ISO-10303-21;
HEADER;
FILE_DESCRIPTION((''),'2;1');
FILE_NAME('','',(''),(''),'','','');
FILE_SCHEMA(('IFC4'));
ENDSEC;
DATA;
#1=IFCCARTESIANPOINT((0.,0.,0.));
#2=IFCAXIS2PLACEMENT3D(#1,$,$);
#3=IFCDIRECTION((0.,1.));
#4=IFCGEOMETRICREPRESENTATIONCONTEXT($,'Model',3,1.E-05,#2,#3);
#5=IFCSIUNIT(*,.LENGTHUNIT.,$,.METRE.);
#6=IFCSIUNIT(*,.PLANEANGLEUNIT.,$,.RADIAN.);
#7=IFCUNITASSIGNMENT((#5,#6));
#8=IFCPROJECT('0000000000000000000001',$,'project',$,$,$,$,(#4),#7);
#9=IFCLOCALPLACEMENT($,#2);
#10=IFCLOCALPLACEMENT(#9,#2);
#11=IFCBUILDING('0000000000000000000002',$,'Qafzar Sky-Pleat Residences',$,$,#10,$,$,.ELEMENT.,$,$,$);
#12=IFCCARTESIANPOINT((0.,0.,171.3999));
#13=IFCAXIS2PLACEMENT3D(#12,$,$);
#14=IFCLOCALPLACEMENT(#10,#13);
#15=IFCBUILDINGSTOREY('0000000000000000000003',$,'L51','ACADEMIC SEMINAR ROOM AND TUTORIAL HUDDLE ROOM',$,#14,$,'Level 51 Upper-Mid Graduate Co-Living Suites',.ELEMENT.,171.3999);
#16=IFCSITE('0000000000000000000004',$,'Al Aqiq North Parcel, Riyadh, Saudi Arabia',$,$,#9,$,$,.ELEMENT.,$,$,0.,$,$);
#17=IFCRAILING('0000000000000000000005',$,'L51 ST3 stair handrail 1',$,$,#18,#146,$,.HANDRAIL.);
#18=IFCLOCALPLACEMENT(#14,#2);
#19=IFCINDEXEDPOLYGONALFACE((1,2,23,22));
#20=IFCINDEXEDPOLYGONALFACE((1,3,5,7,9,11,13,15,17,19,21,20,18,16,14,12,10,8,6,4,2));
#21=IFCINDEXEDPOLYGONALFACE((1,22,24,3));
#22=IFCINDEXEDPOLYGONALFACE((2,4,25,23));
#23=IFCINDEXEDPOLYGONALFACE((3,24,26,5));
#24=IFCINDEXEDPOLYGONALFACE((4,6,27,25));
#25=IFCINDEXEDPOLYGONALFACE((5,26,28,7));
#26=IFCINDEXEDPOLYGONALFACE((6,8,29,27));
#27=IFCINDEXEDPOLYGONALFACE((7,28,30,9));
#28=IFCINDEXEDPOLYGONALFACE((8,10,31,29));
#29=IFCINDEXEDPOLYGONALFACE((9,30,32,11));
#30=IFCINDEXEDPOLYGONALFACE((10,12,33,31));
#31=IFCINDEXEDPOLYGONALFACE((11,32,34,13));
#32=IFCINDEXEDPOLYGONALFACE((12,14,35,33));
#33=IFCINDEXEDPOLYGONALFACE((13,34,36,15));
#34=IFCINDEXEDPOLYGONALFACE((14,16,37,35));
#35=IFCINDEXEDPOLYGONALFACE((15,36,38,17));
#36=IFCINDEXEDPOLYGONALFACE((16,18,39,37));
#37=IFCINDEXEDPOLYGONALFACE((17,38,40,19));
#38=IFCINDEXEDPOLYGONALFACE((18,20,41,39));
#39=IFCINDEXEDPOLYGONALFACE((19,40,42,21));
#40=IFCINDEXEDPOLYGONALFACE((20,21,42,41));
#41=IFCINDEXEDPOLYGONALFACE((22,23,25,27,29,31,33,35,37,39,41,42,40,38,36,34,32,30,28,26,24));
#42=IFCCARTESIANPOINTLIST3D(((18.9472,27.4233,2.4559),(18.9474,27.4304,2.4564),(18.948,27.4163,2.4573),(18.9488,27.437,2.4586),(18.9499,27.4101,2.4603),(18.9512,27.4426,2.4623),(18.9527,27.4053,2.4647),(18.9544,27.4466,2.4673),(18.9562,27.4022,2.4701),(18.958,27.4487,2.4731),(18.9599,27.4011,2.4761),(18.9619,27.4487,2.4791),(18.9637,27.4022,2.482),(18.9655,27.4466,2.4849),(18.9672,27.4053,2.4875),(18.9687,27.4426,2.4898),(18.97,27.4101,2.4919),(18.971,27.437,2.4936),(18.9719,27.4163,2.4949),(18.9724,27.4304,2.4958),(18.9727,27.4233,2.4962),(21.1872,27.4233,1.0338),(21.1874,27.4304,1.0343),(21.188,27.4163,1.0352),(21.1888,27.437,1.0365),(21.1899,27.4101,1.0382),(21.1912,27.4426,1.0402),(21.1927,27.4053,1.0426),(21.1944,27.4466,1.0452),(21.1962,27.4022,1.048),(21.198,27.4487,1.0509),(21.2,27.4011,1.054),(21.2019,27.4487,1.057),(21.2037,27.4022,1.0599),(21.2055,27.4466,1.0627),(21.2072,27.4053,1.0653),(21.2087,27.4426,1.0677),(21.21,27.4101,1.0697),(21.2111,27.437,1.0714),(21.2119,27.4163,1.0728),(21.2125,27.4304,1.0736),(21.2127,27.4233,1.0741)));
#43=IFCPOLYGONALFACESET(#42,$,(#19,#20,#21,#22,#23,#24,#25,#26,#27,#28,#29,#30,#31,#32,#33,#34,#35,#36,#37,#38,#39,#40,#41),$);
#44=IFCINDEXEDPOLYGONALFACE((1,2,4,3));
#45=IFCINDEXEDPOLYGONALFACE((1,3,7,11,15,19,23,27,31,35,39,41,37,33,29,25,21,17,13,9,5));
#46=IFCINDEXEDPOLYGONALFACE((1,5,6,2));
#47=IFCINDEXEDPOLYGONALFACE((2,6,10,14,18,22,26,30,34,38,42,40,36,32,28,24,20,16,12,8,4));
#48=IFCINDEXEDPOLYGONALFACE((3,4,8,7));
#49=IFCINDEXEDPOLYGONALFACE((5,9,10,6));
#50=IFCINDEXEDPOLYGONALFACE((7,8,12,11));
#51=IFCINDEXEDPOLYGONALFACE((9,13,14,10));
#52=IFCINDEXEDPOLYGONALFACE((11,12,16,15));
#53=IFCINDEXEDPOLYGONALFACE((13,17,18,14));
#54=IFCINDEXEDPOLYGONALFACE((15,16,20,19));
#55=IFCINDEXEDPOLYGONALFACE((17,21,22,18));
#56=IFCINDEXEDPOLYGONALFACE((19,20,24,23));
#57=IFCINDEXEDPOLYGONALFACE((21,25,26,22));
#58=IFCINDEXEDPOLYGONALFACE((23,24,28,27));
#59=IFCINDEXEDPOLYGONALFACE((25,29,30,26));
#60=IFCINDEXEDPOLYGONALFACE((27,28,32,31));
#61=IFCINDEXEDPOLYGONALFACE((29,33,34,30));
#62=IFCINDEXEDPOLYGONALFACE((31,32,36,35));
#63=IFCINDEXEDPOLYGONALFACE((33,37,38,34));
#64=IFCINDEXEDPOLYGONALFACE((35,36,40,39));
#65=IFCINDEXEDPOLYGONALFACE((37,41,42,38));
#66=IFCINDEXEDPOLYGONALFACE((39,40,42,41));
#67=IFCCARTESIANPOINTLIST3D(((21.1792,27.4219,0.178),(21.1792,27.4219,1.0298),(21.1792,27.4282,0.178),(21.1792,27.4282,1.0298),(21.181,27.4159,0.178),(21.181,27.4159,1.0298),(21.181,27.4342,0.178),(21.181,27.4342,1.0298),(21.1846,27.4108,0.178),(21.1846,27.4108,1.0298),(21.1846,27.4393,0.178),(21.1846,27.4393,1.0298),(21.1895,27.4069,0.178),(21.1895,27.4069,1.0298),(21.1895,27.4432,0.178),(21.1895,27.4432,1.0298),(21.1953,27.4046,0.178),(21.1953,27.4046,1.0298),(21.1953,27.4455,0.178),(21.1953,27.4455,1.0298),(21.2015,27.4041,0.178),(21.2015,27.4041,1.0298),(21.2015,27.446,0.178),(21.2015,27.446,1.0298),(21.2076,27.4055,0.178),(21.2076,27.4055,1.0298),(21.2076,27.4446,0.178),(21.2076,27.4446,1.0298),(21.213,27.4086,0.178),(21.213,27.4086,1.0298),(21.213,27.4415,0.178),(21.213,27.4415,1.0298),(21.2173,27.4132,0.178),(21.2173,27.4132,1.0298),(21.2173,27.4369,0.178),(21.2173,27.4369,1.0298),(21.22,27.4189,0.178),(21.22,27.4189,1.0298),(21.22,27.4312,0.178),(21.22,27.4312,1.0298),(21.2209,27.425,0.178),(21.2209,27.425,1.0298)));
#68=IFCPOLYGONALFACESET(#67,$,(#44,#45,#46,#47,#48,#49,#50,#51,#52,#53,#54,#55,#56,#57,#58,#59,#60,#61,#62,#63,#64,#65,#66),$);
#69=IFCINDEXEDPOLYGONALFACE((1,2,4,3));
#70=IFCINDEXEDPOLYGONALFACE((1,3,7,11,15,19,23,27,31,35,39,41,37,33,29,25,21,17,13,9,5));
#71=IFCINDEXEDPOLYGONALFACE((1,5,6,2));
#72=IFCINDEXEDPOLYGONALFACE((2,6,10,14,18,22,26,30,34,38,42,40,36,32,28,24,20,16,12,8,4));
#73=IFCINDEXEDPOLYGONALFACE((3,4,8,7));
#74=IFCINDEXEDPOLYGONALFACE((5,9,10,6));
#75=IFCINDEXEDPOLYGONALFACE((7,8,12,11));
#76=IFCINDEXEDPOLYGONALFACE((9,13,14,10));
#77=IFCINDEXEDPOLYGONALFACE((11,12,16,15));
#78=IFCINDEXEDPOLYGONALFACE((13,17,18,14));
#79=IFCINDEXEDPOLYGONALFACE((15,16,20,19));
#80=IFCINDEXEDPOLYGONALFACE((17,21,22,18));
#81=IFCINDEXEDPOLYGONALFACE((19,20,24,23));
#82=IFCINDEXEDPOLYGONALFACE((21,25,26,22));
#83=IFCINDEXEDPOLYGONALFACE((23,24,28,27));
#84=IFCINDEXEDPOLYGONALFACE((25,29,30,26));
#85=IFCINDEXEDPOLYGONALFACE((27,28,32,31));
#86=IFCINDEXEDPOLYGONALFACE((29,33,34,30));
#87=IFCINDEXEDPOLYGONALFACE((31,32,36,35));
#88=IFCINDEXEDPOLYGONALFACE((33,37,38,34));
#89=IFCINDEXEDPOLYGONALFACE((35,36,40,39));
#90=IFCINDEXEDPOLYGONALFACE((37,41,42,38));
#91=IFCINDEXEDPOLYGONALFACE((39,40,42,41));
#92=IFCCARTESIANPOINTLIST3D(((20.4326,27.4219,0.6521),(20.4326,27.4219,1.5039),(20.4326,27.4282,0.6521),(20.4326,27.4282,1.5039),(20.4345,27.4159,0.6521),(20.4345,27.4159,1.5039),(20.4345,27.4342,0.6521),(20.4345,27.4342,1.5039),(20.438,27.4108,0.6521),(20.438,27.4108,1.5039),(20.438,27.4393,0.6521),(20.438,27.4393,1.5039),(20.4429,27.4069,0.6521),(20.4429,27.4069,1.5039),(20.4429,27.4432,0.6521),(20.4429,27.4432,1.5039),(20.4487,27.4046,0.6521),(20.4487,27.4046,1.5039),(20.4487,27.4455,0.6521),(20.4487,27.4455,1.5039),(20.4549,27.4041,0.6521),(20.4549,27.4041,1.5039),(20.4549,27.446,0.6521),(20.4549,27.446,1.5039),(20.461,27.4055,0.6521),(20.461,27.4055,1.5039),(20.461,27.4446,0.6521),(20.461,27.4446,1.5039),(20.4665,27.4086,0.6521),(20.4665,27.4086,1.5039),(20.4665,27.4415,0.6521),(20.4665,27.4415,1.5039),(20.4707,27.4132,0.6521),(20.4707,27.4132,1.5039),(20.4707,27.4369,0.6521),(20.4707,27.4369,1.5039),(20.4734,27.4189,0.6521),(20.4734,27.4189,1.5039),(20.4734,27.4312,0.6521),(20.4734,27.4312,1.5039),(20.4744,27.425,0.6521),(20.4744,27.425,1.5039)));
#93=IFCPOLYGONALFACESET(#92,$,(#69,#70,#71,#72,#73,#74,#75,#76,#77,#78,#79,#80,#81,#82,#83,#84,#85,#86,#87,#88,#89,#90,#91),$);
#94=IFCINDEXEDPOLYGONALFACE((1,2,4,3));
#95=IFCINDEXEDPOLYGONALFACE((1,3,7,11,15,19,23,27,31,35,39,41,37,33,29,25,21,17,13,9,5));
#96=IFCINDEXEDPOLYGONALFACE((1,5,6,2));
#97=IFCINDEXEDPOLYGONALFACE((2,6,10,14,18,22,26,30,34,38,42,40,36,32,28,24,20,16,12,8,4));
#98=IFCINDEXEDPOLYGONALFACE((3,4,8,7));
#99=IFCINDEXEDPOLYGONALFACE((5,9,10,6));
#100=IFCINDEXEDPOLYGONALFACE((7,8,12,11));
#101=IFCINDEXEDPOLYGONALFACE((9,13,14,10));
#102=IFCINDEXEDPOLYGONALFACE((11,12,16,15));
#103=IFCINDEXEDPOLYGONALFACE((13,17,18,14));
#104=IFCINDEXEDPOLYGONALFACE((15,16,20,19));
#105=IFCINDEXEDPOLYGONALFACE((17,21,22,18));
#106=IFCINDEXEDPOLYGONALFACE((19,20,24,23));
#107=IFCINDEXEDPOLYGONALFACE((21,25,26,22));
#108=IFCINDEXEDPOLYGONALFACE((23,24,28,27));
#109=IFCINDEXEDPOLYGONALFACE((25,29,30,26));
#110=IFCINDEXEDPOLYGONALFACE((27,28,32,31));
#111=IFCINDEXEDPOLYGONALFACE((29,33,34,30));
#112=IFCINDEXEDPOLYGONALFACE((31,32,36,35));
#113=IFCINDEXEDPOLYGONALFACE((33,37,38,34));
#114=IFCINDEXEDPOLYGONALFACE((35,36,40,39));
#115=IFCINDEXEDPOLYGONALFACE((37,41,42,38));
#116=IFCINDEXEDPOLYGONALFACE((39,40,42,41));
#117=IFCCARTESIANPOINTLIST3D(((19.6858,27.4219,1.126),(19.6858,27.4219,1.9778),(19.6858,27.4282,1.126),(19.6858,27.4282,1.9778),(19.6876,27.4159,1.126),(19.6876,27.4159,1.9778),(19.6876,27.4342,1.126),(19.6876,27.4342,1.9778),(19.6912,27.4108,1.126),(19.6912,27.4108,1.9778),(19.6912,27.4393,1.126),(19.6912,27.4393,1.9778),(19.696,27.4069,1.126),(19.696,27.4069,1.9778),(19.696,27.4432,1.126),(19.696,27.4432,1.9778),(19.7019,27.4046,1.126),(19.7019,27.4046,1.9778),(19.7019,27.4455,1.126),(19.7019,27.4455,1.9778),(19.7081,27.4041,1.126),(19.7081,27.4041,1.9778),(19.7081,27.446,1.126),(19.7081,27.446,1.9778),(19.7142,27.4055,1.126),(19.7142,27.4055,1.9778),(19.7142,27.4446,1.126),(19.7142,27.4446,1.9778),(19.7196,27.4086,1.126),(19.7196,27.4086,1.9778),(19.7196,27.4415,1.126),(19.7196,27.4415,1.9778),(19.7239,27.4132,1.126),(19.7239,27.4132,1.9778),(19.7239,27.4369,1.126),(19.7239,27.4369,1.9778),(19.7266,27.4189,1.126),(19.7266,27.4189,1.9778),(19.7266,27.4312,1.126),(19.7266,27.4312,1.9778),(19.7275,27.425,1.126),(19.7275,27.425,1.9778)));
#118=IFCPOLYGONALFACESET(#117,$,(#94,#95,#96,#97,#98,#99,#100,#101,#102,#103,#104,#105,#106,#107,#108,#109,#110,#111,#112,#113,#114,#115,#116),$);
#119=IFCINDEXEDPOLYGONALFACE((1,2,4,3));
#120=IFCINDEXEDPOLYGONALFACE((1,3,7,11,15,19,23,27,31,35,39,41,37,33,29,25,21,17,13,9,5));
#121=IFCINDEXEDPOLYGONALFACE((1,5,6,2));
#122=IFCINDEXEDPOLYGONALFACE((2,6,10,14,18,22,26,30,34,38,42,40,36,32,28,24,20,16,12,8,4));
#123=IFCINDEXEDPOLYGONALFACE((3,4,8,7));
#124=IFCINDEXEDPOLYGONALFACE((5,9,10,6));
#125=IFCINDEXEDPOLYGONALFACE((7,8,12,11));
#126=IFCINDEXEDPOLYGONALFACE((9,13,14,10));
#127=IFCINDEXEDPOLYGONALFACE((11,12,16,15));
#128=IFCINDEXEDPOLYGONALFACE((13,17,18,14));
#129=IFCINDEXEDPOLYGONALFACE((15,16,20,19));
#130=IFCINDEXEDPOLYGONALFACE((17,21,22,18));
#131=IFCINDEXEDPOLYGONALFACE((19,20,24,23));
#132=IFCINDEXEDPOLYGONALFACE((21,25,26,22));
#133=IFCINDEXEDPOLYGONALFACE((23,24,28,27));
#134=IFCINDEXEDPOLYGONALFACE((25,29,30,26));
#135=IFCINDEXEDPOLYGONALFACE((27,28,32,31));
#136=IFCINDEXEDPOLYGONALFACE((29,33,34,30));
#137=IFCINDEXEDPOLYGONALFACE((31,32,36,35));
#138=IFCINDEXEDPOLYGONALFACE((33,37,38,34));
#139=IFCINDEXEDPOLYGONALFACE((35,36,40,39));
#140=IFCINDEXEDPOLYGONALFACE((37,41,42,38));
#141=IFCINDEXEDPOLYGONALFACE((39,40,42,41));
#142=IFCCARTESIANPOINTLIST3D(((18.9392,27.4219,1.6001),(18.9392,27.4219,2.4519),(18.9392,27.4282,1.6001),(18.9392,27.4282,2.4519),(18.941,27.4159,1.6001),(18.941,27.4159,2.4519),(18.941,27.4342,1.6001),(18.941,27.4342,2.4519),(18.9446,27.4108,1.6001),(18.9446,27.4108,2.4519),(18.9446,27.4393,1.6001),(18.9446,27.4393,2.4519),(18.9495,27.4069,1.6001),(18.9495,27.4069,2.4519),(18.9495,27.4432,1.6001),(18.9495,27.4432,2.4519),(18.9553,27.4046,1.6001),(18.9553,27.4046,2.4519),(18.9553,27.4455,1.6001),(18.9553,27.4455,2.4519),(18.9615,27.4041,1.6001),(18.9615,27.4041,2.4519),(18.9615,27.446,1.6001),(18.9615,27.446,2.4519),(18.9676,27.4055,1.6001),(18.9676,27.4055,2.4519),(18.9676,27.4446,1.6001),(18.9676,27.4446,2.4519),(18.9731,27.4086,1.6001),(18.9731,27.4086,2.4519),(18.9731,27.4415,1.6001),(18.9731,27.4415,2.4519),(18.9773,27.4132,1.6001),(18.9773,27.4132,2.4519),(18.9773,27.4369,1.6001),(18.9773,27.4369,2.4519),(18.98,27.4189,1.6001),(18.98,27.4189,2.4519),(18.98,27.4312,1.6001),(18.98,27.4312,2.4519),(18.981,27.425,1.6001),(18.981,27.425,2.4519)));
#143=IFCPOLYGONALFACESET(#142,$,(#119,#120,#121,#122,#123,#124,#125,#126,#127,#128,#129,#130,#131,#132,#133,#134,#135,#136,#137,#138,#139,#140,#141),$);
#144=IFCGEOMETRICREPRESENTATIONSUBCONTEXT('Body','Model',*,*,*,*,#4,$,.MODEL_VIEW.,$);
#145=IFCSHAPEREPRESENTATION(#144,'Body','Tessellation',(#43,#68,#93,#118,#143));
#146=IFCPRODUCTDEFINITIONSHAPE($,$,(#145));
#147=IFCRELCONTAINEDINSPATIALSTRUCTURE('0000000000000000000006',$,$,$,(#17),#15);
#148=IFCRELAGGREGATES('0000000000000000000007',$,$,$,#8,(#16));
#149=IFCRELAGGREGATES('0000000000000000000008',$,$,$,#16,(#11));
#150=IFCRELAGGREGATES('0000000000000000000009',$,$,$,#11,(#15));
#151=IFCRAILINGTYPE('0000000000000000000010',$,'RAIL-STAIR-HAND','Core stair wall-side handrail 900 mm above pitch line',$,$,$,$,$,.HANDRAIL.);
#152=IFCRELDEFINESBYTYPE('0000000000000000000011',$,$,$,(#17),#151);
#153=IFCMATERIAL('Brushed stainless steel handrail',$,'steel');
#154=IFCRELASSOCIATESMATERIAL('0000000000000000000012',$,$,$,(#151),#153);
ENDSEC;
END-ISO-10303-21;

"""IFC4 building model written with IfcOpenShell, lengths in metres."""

from ifc_helpers import new_model, si_unit, direction, frame, origin, origin_2d, place, context, subcontext, project, spatial, circle, extrude, source, transform, mapped, material, type_object, element, save


model = new_model("IFC4")

# Units and contexts
model_context = context("Model", 3, precision=1e-05, world=origin(), true_north=direction((0.0, 1.0)))
body_context = subcontext(model_context, "Body", "Model", "MODEL_VIEW")
ifc_project = project(units=[si_unit("LENGTHUNIT", "METRE"), si_unit("PLANEANGLEUNIT", "RADIAN")], contexts=[model_context])

# Site, building, storey
site_placement = place(None, origin())
site = spatial("IfcSite", under=ifc_project, at=site_placement, Name="Al Aqiq North Parcel, Riyadh, Saudi Arabia", CompositionType="ELEMENT", RefElevation=0.0)
building_placement = place(site_placement, origin())
building = spatial("IfcBuilding", under=site, at=building_placement, Name="Qafzar Sky-Pleat Residences", CompositionType="ELEMENT")
storey_placement = place(building_placement, frame((0.0, 0.0, 171.3999)))
storey = spatial("IfcBuildingStorey", under=building, at=storey_placement, Name="L51", Description="ACADEMIC SEMINAR ROOM AND TUTORIAL HUDDLE ROOM", LongName="Level 51 Upper-Mid Graduate Co-Living Suites", CompositionType="ELEMENT", Elevation=171.3999)

# Railing
ifc_material_1 = material(Name="Brushed stainless steel handrail", Category="steel")
railing_type = type_object("IfcRailingType", Name="RAIL-STAIR-HAND", Description="Core stair wall-side handrail 900 mm above pitch line", PredefinedType="HANDRAIL", material=ifc_material_1)
shared_shape_1 = source(origin(), body_context, "Body", "SweptSolid", [
    extrude(circle(Radius=0.0239, at=origin_2d()), frame((0.0, 0.0, 0.876), z_axis=(-0.844229, 0.0, 0.535982), x_axis=(0.0, -1.0, 0.0)), (0.0, 0.0, 1.0), 2.6533),
    extrude(circle(Radius=0.021, at=origin_2d()), origin(), (0.0, 0.0, 1.0), 0.8518),
    extrude(circle(Radius=0.021, at=origin_2d()), frame((-0.7466, 0.0, 0.4741)), (0.0, 0.0, 1.0), 0.8518),
    extrude(circle(Radius=0.021, at=origin_2d()), frame((-1.4934, 0.0, 0.948)), (0.0, 0.0, 1.0), 0.8518),
    extrude(circle(Radius=0.021, at=origin_2d()), frame((-2.24, 0.0, 1.4221)), (0.0, 0.0, 1.0), 0.8518),
])
railing_placement = place(storey_placement, frame((21.2, 27.425, 0.178)))
element("IfcRailing", 1, at=railing_placement, inside=storey, type_object=railing_type, Name="L51 ST3 stair handrail 1", PredefinedType="HANDRAIL", context=body_context, shape_type="MappedRepresentation", body=[
    mapped(shared_shape_1, transform((0.0, 0.0, 0.0), x_axis=(1.0, 0.0, 0.0), y_axis=(0.0, 1.0, 0.0), z_axis=(0.0, 0.0, 1.0), scale=1.0)),
])

save(model, "model.ifc")
